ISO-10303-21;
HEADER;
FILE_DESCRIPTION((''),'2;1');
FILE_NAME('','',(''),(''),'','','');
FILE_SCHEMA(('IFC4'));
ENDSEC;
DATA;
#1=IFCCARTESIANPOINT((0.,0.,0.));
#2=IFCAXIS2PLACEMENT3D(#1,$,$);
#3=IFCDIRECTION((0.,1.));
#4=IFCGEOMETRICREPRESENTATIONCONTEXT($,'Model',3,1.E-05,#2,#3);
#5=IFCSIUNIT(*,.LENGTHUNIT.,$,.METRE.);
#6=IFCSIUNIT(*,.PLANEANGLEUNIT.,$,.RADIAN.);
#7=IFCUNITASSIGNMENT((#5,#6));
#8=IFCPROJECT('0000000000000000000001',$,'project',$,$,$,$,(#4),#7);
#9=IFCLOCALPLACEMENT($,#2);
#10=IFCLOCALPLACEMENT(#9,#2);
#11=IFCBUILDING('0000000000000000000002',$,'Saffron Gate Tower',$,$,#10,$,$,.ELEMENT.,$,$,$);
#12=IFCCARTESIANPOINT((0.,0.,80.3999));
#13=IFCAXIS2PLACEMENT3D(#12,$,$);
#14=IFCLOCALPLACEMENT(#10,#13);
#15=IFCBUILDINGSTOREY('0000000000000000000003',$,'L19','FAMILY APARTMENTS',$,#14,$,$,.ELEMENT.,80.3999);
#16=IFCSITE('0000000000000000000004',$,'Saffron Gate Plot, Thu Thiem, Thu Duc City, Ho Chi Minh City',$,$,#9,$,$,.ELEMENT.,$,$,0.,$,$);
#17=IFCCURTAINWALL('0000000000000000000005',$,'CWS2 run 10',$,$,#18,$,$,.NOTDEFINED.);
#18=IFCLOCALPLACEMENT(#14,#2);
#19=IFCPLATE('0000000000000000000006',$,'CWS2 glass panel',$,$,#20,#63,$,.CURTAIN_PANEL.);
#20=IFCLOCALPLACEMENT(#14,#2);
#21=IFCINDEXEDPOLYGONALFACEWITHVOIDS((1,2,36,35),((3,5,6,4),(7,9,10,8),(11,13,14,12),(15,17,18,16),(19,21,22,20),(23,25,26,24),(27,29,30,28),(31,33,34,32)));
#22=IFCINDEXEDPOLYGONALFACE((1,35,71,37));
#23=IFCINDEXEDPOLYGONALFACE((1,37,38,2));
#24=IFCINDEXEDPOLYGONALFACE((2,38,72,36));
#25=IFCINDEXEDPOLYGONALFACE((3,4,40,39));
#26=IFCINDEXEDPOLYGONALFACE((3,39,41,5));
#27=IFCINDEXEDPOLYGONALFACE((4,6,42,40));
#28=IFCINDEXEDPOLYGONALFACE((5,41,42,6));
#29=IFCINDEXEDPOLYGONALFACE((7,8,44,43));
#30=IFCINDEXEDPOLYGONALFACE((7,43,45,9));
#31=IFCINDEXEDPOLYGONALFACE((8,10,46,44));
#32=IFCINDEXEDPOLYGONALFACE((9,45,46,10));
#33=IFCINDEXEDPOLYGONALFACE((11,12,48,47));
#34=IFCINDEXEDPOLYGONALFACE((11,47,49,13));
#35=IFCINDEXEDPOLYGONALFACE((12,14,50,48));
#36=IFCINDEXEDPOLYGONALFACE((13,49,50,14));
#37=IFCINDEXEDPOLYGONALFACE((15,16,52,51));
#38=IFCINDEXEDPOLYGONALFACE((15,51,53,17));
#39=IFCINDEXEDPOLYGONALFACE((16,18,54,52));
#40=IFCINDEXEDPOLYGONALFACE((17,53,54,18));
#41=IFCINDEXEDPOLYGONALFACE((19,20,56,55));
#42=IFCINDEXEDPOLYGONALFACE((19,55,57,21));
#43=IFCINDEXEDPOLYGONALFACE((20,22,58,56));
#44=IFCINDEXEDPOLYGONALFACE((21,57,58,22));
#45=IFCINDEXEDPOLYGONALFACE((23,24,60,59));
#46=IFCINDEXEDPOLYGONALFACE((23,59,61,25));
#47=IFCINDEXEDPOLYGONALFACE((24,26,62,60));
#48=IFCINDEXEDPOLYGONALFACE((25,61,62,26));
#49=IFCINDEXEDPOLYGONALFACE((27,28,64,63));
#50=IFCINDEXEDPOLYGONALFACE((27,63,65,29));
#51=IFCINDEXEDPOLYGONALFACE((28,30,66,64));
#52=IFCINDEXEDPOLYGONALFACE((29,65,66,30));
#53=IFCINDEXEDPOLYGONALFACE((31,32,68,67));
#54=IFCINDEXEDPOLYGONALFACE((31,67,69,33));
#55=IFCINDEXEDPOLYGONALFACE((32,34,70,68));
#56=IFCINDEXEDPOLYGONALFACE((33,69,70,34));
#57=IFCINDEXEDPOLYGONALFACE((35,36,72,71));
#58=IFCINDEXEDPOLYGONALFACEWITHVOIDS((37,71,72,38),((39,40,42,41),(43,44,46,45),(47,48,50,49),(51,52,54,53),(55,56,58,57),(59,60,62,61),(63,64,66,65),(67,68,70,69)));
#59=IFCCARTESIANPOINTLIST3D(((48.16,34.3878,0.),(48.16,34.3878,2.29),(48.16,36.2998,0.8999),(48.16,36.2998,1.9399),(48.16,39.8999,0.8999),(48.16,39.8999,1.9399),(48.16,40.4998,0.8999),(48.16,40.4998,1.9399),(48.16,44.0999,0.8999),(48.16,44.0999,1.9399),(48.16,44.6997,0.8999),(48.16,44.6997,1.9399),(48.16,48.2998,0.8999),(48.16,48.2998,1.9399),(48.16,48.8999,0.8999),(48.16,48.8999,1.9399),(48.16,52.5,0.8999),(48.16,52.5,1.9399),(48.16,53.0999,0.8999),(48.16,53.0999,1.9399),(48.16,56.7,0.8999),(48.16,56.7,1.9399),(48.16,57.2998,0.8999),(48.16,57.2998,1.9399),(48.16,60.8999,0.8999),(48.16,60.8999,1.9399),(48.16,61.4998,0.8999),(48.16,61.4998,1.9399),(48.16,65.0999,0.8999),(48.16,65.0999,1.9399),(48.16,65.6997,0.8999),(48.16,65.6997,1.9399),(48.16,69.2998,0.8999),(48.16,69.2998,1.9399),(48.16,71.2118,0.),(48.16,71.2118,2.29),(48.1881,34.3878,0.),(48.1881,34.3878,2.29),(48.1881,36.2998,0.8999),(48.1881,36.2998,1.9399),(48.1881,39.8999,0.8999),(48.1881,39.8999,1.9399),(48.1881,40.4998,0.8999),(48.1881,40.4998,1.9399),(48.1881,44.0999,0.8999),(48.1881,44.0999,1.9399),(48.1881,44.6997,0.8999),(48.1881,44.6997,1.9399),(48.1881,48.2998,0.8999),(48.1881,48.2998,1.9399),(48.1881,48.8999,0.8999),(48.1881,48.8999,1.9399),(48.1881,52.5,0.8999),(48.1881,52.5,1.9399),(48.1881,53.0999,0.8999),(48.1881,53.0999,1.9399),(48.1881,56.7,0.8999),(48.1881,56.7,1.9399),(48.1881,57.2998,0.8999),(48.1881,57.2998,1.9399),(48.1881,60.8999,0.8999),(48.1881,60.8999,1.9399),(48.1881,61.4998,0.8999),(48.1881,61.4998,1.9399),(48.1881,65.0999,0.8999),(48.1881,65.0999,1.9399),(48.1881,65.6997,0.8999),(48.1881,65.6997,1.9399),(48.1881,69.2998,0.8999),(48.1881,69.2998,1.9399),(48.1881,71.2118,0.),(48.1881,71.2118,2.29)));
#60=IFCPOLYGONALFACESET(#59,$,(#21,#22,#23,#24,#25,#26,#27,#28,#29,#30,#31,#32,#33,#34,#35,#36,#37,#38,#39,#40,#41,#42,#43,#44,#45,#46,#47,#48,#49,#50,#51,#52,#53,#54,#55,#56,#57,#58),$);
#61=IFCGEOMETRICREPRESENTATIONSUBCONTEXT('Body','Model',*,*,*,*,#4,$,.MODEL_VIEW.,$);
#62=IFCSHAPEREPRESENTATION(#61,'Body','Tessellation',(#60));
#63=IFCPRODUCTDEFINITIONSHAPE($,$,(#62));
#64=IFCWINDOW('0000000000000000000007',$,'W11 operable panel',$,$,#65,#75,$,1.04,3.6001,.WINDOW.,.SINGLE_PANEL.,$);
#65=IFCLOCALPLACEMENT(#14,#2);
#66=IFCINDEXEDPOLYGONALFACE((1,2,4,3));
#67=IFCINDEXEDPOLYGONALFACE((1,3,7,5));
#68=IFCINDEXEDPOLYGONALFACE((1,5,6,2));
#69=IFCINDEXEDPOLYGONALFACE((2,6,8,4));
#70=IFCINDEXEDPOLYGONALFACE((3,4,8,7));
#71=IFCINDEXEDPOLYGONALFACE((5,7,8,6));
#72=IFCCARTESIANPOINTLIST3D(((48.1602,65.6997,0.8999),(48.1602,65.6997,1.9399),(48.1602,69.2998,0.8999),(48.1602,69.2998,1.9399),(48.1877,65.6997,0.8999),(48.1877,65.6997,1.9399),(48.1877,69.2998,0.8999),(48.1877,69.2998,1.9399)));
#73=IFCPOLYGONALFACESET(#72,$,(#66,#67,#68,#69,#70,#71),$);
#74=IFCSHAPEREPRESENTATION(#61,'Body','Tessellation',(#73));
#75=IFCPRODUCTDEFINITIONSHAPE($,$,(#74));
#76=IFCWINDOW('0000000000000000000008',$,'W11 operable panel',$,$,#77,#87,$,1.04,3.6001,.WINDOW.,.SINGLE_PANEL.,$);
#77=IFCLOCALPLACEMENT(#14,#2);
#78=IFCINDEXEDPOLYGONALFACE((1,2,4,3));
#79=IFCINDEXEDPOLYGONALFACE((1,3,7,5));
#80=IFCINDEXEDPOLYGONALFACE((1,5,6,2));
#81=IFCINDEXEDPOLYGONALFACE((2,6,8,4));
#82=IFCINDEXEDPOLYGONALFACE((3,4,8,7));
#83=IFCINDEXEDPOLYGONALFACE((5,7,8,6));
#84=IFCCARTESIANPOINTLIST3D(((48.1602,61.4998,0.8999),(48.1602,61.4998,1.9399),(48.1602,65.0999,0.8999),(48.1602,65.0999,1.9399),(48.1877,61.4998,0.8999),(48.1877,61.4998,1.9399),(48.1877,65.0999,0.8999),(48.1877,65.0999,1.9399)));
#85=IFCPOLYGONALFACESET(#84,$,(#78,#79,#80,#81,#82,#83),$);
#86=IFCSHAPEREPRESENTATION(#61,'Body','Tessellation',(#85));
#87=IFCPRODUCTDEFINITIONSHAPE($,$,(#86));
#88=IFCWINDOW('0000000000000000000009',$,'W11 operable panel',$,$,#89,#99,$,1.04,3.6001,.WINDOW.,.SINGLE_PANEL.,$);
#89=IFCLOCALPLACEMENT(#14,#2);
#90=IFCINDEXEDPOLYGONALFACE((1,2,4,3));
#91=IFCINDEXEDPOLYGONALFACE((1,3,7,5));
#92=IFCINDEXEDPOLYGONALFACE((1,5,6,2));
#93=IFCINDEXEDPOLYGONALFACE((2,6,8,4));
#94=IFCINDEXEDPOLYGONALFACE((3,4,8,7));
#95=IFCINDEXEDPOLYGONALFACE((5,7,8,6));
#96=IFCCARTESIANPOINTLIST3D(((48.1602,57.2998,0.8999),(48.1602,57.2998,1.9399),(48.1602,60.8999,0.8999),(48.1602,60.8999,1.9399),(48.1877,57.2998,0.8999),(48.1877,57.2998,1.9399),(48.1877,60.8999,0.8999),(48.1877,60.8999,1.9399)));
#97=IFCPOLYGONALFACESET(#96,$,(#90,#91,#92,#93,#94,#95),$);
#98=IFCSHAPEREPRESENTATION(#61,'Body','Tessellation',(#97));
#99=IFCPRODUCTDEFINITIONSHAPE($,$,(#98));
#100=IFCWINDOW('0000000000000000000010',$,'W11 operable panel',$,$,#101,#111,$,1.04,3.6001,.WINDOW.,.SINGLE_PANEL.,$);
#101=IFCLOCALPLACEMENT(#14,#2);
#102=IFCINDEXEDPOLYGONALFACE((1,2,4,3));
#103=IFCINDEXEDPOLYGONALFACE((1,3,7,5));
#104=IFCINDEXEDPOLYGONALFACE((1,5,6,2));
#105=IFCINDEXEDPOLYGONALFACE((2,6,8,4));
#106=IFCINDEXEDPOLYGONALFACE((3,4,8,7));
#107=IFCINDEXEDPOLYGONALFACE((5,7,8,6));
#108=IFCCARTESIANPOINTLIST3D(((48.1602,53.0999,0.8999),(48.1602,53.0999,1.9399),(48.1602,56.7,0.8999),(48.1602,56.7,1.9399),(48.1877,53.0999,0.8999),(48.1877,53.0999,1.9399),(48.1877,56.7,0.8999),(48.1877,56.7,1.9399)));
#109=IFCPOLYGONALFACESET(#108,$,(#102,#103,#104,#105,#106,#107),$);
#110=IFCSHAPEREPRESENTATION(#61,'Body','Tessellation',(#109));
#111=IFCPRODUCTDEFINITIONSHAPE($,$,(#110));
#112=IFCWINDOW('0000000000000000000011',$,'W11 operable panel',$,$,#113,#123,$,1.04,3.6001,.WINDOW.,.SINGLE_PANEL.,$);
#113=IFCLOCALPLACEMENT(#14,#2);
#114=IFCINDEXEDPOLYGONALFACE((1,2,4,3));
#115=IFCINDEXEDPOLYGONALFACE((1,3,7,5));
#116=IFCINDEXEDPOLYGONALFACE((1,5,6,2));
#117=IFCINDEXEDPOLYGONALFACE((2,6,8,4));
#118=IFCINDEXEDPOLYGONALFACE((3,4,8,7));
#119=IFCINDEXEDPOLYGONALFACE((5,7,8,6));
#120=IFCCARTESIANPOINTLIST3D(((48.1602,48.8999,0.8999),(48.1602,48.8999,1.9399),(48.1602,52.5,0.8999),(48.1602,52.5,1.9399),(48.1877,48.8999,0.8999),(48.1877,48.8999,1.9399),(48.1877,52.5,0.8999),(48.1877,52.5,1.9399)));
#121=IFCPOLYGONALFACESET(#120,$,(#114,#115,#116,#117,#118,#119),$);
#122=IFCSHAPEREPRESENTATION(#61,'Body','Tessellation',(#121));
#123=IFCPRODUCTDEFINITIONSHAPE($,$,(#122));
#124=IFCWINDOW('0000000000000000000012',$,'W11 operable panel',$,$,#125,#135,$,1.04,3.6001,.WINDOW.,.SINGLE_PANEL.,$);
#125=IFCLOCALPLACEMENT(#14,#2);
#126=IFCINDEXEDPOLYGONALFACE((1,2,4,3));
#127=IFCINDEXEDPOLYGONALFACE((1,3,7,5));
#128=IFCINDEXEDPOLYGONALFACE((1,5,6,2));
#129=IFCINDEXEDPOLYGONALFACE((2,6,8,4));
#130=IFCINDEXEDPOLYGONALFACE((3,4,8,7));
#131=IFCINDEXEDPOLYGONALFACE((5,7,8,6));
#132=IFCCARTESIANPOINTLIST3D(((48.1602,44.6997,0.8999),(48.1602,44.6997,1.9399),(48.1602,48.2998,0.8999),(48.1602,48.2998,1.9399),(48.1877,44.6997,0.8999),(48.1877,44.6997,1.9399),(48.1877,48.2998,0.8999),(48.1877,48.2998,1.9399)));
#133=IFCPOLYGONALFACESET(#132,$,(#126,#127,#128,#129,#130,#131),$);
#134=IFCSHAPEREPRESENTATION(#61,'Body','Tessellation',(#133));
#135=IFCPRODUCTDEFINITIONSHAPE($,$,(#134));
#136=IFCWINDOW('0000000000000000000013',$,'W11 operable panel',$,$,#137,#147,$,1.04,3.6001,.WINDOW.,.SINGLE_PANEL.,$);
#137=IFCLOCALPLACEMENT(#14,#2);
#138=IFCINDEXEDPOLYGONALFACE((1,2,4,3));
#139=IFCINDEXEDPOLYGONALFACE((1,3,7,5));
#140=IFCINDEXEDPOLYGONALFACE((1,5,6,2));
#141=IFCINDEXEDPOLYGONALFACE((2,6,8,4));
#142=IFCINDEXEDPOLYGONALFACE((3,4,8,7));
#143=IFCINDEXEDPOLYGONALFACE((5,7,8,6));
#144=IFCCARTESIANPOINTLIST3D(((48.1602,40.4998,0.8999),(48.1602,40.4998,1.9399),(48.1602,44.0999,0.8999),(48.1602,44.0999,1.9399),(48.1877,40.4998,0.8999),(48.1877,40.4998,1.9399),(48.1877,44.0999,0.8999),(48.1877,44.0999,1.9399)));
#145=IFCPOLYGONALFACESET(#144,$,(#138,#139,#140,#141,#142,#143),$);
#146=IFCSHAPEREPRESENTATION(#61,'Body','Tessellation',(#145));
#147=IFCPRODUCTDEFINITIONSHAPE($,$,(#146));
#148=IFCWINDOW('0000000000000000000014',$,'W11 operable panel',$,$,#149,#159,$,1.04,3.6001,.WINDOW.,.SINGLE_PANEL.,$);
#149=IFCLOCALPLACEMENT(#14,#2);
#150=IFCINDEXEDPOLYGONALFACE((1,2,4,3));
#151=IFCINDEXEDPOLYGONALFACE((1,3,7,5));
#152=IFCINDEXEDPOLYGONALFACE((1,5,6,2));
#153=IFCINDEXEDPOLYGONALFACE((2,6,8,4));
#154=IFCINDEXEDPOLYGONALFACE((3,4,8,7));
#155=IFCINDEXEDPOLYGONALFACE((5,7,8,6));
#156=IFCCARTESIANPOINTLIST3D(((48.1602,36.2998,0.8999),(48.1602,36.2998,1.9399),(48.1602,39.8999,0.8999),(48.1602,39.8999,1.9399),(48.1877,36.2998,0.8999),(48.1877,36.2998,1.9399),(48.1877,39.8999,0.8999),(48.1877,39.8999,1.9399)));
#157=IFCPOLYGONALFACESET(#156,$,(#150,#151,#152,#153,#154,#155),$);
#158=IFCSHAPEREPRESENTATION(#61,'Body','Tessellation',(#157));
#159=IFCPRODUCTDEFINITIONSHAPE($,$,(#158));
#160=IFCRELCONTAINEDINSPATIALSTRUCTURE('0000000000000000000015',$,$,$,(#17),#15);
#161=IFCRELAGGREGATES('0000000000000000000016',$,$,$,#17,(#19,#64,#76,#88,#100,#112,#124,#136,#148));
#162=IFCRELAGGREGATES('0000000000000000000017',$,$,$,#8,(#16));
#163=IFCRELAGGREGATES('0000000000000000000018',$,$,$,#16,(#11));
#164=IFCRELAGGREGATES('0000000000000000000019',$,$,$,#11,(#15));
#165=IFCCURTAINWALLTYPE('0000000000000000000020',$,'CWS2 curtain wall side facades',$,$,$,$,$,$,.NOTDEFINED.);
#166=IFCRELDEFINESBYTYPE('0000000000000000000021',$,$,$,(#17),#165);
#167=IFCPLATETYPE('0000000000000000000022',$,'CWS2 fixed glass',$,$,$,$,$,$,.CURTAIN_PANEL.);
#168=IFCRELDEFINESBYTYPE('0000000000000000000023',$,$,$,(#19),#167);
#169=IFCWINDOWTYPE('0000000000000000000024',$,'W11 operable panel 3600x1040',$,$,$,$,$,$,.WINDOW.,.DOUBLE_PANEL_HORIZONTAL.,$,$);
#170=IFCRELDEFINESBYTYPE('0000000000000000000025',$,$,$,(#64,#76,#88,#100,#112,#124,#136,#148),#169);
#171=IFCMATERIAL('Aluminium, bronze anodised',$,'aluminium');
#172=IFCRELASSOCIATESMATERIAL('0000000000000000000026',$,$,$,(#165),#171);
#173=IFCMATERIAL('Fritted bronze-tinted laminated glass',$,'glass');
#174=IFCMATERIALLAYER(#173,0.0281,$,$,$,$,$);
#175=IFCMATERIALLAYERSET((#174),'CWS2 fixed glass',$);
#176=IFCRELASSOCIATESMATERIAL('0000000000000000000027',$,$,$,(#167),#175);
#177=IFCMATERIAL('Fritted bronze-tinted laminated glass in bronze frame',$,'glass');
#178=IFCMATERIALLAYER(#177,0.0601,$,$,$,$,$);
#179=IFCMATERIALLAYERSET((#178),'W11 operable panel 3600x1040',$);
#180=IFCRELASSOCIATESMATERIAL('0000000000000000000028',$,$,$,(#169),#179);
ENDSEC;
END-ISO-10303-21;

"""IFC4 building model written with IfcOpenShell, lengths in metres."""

from ifc_helpers import new_model, si_unit, direction, frame, frame_2d, origin, place, context, subcontext, project, spatial, rectangle, extrude, material, layer, layer_set, type_object, element, fill, aggregate, save


model = new_model("IFC4")

# Units and contexts
model_context = context("Model", 3, precision=1e-05, world=origin(), true_north=direction((0.0, 1.0)))
body_context = subcontext(model_context, "Body", "Model", "MODEL_VIEW")
ifc_project = project(units=[si_unit("LENGTHUNIT", "METRE"), si_unit("PLANEANGLEUNIT", "RADIAN")], contexts=[model_context])

# Site, building, storey
site_placement = place(None, origin())
site = spatial("IfcSite", under=ifc_project, at=site_placement, Name="Saffron Gate Plot, Thu Thiem, Thu Duc City, Ho Chi Minh City", CompositionType="ELEMENT", RefElevation=0.0)
building_placement = place(site_placement, origin())
building = spatial("IfcBuilding", under=site, at=building_placement, Name="Saffron Gate Tower", CompositionType="ELEMENT")
storey_placement = place(building_placement, frame((0.0, 0.0, 80.3999)))
storey = spatial("IfcBuildingStorey", under=building, at=storey_placement, Name="L19", Description="FAMILY APARTMENTS", CompositionType="ELEMENT", Elevation=80.3999)

# Curtain wall
ifc_material_1 = material(Name="Aluminium, bronze anodised", Category="aluminium")
curtain_wall_type_1 = type_object("IfcCurtainWallType", Name="CWS2 curtain wall side facades", PredefinedType="NOTDEFINED", material=ifc_material_1)
curtain_wall_1_placement = place(storey_placement, origin())
curtain_wall_1 = element("IfcCurtainWall", 1, at=curtain_wall_1_placement, inside=storey, type_object=curtain_wall_type_1, Name="CWS2 run 10", PredefinedType="NOTDEFINED")

# Plate, openings, windows
ifc_material_2 = material(Name="Fritted bronze-tinted laminated glass", Category="glass")
ifc_layer_1 = layer(ifc_material_2, 0.0281)
ifc_layer_set_1 = layer_set([ifc_layer_1], Name="CWS2 fixed glass")
plate_type_1 = type_object("IfcPlateType", Name="CWS2 fixed glass", PredefinedType="CURTAIN_PANEL", material=ifc_layer_set_1)
plate_1_placement = place(storey_placement, frame((48.1741, 71.2119, 0.0), z_axis=(0.0, 0.0, 1.0), x_axis=(0.0, -1.0, 0.0)))
plate_1 = element("IfcPlate", 2, at=plate_1_placement, type_object=plate_type_1, Name="CWS2 glass panel", PredefinedType="CURTAIN_PANEL", context=body_context, shape_type="SweptSolid", body=[
    extrude(rectangle(XDim=36.824, YDim=0.0281, at=frame_2d((18.4121, 0.0))), origin(), (0.0, 0.0, 1.0), 2.29),
])
opening_1_placement = place(plate_1_placement, frame((1.9121, 0.0, 0.8999)))
opening_1 = element("IfcOpeningElement", 3, at=opening_1_placement, cuts=plate_1, PredefinedType="OPENING", context=body_context, shape_type="SweptSolid", body=[
    extrude(rectangle(XDim=3.6001, YDim=1.04, at=frame_2d((1.8, 0.52))), frame((0.0, 0.0239, 0.0), z_axis=(0.0, -1.0, 0.0), x_axis=(1.0, 0.0, 0.0)), (0.0, 0.0, 1.0), 0.0481),
])
opening_2_placement = place(plate_1_placement, frame((6.1121, 0.0, 0.8999)))
opening_2 = element("IfcOpeningElement", 4, at=opening_2_placement, cuts=plate_1, PredefinedType="OPENING", context=body_context, shape_type="SweptSolid", body=[
    extrude(rectangle(XDim=3.6001, YDim=1.04, at=frame_2d((1.8, 0.52))), frame((0.0, 0.0239, 0.0), z_axis=(0.0, -1.0, 0.0), x_axis=(1.0, 0.0, 0.0)), (0.0, 0.0, 1.0), 0.0481),
])
opening_3_placement = place(plate_1_placement, frame((10.312, 0.0, 0.8999)))
opening_3 = element("IfcOpeningElement", 5, at=opening_3_placement, cuts=plate_1, PredefinedType="OPENING", context=body_context, shape_type="SweptSolid", body=[
    extrude(rectangle(XDim=3.6001, YDim=1.04, at=frame_2d((1.8, 0.52))), frame((0.0, 0.0239, 0.0), z_axis=(0.0, -1.0, 0.0), x_axis=(1.0, 0.0, 0.0)), (0.0, 0.0, 1.0), 0.0481),
])
opening_4_placement = place(plate_1_placement, frame((14.512, 0.0, 0.8999)))
opening_4 = element("IfcOpeningElement", 6, at=opening_4_placement, cuts=plate_1, PredefinedType="OPENING", context=body_context, shape_type="SweptSolid", body=[
    extrude(rectangle(XDim=3.6001, YDim=1.04, at=frame_2d((1.8, 0.52))), frame((0.0, 0.0239, 0.0), z_axis=(0.0, -1.0, 0.0), x_axis=(1.0, 0.0, 0.0)), (0.0, 0.0, 1.0), 0.0481),
])
opening_5_placement = place(plate_1_placement, frame((18.7119, 0.0, 0.8999)))
opening_5 = element("IfcOpeningElement", 7, at=opening_5_placement, cuts=plate_1, PredefinedType="OPENING", context=body_context, shape_type="SweptSolid", body=[
    extrude(rectangle(XDim=3.6001, YDim=1.04, at=frame_2d((1.8, 0.52))), frame((0.0, 0.0239, 0.0), z_axis=(0.0, -1.0, 0.0), x_axis=(1.0, 0.0, 0.0)), (0.0, 0.0, 1.0), 0.0481),
])
opening_6_placement = place(plate_1_placement, frame((22.9121, 0.0, 0.8999)))
opening_6 = element("IfcOpeningElement", 8, at=opening_6_placement, cuts=plate_1, PredefinedType="OPENING", context=body_context, shape_type="SweptSolid", body=[
    extrude(rectangle(XDim=3.6001, YDim=1.04, at=frame_2d((1.8, 0.52))), frame((0.0, 0.0239, 0.0), z_axis=(0.0, -1.0, 0.0), x_axis=(1.0, 0.0, 0.0)), (0.0, 0.0, 1.0), 0.0481),
])
opening_7_placement = place(plate_1_placement, frame((27.1121, 0.0, 0.8999)))
opening_7 = element("IfcOpeningElement", 9, at=opening_7_placement, cuts=plate_1, PredefinedType="OPENING", context=body_context, shape_type="SweptSolid", body=[
    extrude(rectangle(XDim=3.6001, YDim=1.04, at=frame_2d((1.8, 0.52))), frame((0.0, 0.0239, 0.0), z_axis=(0.0, -1.0, 0.0), x_axis=(1.0, 0.0, 0.0)), (0.0, 0.0, 1.0), 0.0481),
])
opening_8_placement = place(plate_1_placement, frame((31.312, 0.0, 0.8999)))
opening_8 = element("IfcOpeningElement", 10, at=opening_8_placement, cuts=plate_1, PredefinedType="OPENING", context=body_context, shape_type="SweptSolid", body=[
    extrude(rectangle(XDim=3.6001, YDim=1.04, at=frame_2d((1.8, 0.52))), frame((0.0, 0.0239, 0.0), z_axis=(0.0, -1.0, 0.0), x_axis=(1.0, 0.0, 0.0)), (0.0, 0.0, 1.0), 0.0481),
])
ifc_material_3 = material(Name="Fritted bronze-tinted laminated glass in bronze frame", Category="glass")
ifc_layer_2 = layer(ifc_material_3, 0.0601)
ifc_layer_set_2 = layer_set([ifc_layer_2], Name="W11 operable panel 3600x1040")
window_type = type_object("IfcWindowType", Name="W11 operable panel 3600x1040", PartitioningType="DOUBLE_PANEL_HORIZONTAL", PredefinedType="WINDOW", material=ifc_layer_set_2)
window_1_placement = place(opening_1_placement, origin())
window_1 = element("IfcWindow", 11, at=window_1_placement, type_object=window_type, Name="W11 operable panel", OverallHeight=1.04, OverallWidth=3.6001, PartitioningType="SINGLE_PANEL", PredefinedType="WINDOW", context=body_context, shape_type="SweptSolid", body=[
    extrude(rectangle(XDim=3.6001, YDim=1.04, at=frame_2d((1.8, 0.52))), frame((0.0, 0.0137, 0.0), z_axis=(0.0, -1.0, 0.0), x_axis=(1.0, 0.0, 0.0)), (0.0, 0.0, 1.0), 0.0276),
])
fill(opening_1, window_1)
window_2_placement = place(opening_2_placement, origin())
window_2 = element("IfcWindow", 12, at=window_2_placement, type_object=window_type, Name="W11 operable panel", OverallHeight=1.04, OverallWidth=3.6001, PartitioningType="SINGLE_PANEL", PredefinedType="WINDOW", context=body_context, shape_type="SweptSolid", body=[
    extrude(rectangle(XDim=3.6001, YDim=1.04, at=frame_2d((1.8, 0.52))), frame((0.0, 0.0137, 0.0), z_axis=(0.0, -1.0, 0.0), x_axis=(1.0, 0.0, 0.0)), (0.0, 0.0, 1.0), 0.0276),
])
fill(opening_2, window_2)
window_3_placement = place(opening_3_placement, origin())
window_3 = element("IfcWindow", 13, at=window_3_placement, type_object=window_type, Name="W11 operable panel", OverallHeight=1.04, OverallWidth=3.6001, PartitioningType="SINGLE_PANEL", PredefinedType="WINDOW", context=body_context, shape_type="SweptSolid", body=[
    extrude(rectangle(XDim=3.6001, YDim=1.04, at=frame_2d((1.8, 0.52))), frame((0.0, 0.0137, 0.0), z_axis=(0.0, -1.0, 0.0), x_axis=(1.0, 0.0, 0.0)), (0.0, 0.0, 1.0), 0.0276),
])
fill(opening_3, window_3)
window_4_placement = place(opening_4_placement, origin())
window_4 = element("IfcWindow", 14, at=window_4_placement, type_object=window_type, Name="W11 operable panel", OverallHeight=1.04, OverallWidth=3.6001, PartitioningType="SINGLE_PANEL", PredefinedType="WINDOW", context=body_context, shape_type="SweptSolid", body=[
    extrude(rectangle(XDim=3.6001, YDim=1.04, at=frame_2d((1.8, 0.52))), frame((0.0, 0.0137, 0.0), z_axis=(0.0, -1.0, 0.0), x_axis=(1.0, 0.0, 0.0)), (0.0, 0.0, 1.0), 0.0276),
])
fill(opening_4, window_4)
window_5_placement = place(opening_5_placement, origin())
window_5 = element("IfcWindow", 15, at=window_5_placement, type_object=window_type, Name="W11 operable panel", OverallHeight=1.04, OverallWidth=3.6001, PartitioningType="SINGLE_PANEL", PredefinedType="WINDOW", context=body_context, shape_type="SweptSolid", body=[
    extrude(rectangle(XDim=3.6001, YDim=1.04, at=frame_2d((1.8, 0.52))), frame((0.0, 0.0137, 0.0), z_axis=(0.0, -1.0, 0.0), x_axis=(1.0, 0.0, 0.0)), (0.0, 0.0, 1.0), 0.0276),
])
fill(opening_5, window_5)
window_6_placement = place(opening_6_placement, origin())
window_6 = element("IfcWindow", 16, at=window_6_placement, type_object=window_type, Name="W11 operable panel", OverallHeight=1.04, OverallWidth=3.6001, PartitioningType="SINGLE_PANEL", PredefinedType="WINDOW", context=body_context, shape_type="SweptSolid", body=[
    extrude(rectangle(XDim=3.6001, YDim=1.04, at=frame_2d((1.8, 0.52))), frame((0.0, 0.0137, 0.0), z_axis=(0.0, -1.0, 0.0), x_axis=(1.0, 0.0, 0.0)), (0.0, 0.0, 1.0), 0.0276),
])
fill(opening_6, window_6)
window_7_placement = place(opening_7_placement, origin())
window_7 = element("IfcWindow", 17, at=window_7_placement, type_object=window_type, Name="W11 operable panel", OverallHeight=1.04, OverallWidth=3.6001, PartitioningType="SINGLE_PANEL", PredefinedType="WINDOW", context=body_context, shape_type="SweptSolid", body=[
    extrude(rectangle(XDim=3.6001, YDim=1.04, at=frame_2d((1.8, 0.52))), frame((0.0, 0.0137, 0.0), z_axis=(0.0, -1.0, 0.0), x_axis=(1.0, 0.0, 0.0)), (0.0, 0.0, 1.0), 0.0276),
])
fill(opening_7, window_7)
window_8_placement = place(opening_8_placement, origin())
window_8 = element("IfcWindow", 18, at=window_8_placement, type_object=window_type, Name="W11 operable panel", OverallHeight=1.04, OverallWidth=3.6001, PartitioningType="SINGLE_PANEL", PredefinedType="WINDOW", context=body_context, shape_type="SweptSolid", body=[
    extrude(rectangle(XDim=3.6001, YDim=1.04, at=frame_2d((1.8, 0.52))), frame((0.0, 0.0137, 0.0), z_axis=(0.0, -1.0, 0.0), x_axis=(1.0, 0.0, 0.0)), (0.0, 0.0, 1.0), 0.0276),
])
fill(opening_8, window_8)
aggregate(curtain_wall_1, [plate_1, window_1, window_2, window_3, window_4, window_5, window_6, window_7, window_8])

save(model, "model.ifc")
